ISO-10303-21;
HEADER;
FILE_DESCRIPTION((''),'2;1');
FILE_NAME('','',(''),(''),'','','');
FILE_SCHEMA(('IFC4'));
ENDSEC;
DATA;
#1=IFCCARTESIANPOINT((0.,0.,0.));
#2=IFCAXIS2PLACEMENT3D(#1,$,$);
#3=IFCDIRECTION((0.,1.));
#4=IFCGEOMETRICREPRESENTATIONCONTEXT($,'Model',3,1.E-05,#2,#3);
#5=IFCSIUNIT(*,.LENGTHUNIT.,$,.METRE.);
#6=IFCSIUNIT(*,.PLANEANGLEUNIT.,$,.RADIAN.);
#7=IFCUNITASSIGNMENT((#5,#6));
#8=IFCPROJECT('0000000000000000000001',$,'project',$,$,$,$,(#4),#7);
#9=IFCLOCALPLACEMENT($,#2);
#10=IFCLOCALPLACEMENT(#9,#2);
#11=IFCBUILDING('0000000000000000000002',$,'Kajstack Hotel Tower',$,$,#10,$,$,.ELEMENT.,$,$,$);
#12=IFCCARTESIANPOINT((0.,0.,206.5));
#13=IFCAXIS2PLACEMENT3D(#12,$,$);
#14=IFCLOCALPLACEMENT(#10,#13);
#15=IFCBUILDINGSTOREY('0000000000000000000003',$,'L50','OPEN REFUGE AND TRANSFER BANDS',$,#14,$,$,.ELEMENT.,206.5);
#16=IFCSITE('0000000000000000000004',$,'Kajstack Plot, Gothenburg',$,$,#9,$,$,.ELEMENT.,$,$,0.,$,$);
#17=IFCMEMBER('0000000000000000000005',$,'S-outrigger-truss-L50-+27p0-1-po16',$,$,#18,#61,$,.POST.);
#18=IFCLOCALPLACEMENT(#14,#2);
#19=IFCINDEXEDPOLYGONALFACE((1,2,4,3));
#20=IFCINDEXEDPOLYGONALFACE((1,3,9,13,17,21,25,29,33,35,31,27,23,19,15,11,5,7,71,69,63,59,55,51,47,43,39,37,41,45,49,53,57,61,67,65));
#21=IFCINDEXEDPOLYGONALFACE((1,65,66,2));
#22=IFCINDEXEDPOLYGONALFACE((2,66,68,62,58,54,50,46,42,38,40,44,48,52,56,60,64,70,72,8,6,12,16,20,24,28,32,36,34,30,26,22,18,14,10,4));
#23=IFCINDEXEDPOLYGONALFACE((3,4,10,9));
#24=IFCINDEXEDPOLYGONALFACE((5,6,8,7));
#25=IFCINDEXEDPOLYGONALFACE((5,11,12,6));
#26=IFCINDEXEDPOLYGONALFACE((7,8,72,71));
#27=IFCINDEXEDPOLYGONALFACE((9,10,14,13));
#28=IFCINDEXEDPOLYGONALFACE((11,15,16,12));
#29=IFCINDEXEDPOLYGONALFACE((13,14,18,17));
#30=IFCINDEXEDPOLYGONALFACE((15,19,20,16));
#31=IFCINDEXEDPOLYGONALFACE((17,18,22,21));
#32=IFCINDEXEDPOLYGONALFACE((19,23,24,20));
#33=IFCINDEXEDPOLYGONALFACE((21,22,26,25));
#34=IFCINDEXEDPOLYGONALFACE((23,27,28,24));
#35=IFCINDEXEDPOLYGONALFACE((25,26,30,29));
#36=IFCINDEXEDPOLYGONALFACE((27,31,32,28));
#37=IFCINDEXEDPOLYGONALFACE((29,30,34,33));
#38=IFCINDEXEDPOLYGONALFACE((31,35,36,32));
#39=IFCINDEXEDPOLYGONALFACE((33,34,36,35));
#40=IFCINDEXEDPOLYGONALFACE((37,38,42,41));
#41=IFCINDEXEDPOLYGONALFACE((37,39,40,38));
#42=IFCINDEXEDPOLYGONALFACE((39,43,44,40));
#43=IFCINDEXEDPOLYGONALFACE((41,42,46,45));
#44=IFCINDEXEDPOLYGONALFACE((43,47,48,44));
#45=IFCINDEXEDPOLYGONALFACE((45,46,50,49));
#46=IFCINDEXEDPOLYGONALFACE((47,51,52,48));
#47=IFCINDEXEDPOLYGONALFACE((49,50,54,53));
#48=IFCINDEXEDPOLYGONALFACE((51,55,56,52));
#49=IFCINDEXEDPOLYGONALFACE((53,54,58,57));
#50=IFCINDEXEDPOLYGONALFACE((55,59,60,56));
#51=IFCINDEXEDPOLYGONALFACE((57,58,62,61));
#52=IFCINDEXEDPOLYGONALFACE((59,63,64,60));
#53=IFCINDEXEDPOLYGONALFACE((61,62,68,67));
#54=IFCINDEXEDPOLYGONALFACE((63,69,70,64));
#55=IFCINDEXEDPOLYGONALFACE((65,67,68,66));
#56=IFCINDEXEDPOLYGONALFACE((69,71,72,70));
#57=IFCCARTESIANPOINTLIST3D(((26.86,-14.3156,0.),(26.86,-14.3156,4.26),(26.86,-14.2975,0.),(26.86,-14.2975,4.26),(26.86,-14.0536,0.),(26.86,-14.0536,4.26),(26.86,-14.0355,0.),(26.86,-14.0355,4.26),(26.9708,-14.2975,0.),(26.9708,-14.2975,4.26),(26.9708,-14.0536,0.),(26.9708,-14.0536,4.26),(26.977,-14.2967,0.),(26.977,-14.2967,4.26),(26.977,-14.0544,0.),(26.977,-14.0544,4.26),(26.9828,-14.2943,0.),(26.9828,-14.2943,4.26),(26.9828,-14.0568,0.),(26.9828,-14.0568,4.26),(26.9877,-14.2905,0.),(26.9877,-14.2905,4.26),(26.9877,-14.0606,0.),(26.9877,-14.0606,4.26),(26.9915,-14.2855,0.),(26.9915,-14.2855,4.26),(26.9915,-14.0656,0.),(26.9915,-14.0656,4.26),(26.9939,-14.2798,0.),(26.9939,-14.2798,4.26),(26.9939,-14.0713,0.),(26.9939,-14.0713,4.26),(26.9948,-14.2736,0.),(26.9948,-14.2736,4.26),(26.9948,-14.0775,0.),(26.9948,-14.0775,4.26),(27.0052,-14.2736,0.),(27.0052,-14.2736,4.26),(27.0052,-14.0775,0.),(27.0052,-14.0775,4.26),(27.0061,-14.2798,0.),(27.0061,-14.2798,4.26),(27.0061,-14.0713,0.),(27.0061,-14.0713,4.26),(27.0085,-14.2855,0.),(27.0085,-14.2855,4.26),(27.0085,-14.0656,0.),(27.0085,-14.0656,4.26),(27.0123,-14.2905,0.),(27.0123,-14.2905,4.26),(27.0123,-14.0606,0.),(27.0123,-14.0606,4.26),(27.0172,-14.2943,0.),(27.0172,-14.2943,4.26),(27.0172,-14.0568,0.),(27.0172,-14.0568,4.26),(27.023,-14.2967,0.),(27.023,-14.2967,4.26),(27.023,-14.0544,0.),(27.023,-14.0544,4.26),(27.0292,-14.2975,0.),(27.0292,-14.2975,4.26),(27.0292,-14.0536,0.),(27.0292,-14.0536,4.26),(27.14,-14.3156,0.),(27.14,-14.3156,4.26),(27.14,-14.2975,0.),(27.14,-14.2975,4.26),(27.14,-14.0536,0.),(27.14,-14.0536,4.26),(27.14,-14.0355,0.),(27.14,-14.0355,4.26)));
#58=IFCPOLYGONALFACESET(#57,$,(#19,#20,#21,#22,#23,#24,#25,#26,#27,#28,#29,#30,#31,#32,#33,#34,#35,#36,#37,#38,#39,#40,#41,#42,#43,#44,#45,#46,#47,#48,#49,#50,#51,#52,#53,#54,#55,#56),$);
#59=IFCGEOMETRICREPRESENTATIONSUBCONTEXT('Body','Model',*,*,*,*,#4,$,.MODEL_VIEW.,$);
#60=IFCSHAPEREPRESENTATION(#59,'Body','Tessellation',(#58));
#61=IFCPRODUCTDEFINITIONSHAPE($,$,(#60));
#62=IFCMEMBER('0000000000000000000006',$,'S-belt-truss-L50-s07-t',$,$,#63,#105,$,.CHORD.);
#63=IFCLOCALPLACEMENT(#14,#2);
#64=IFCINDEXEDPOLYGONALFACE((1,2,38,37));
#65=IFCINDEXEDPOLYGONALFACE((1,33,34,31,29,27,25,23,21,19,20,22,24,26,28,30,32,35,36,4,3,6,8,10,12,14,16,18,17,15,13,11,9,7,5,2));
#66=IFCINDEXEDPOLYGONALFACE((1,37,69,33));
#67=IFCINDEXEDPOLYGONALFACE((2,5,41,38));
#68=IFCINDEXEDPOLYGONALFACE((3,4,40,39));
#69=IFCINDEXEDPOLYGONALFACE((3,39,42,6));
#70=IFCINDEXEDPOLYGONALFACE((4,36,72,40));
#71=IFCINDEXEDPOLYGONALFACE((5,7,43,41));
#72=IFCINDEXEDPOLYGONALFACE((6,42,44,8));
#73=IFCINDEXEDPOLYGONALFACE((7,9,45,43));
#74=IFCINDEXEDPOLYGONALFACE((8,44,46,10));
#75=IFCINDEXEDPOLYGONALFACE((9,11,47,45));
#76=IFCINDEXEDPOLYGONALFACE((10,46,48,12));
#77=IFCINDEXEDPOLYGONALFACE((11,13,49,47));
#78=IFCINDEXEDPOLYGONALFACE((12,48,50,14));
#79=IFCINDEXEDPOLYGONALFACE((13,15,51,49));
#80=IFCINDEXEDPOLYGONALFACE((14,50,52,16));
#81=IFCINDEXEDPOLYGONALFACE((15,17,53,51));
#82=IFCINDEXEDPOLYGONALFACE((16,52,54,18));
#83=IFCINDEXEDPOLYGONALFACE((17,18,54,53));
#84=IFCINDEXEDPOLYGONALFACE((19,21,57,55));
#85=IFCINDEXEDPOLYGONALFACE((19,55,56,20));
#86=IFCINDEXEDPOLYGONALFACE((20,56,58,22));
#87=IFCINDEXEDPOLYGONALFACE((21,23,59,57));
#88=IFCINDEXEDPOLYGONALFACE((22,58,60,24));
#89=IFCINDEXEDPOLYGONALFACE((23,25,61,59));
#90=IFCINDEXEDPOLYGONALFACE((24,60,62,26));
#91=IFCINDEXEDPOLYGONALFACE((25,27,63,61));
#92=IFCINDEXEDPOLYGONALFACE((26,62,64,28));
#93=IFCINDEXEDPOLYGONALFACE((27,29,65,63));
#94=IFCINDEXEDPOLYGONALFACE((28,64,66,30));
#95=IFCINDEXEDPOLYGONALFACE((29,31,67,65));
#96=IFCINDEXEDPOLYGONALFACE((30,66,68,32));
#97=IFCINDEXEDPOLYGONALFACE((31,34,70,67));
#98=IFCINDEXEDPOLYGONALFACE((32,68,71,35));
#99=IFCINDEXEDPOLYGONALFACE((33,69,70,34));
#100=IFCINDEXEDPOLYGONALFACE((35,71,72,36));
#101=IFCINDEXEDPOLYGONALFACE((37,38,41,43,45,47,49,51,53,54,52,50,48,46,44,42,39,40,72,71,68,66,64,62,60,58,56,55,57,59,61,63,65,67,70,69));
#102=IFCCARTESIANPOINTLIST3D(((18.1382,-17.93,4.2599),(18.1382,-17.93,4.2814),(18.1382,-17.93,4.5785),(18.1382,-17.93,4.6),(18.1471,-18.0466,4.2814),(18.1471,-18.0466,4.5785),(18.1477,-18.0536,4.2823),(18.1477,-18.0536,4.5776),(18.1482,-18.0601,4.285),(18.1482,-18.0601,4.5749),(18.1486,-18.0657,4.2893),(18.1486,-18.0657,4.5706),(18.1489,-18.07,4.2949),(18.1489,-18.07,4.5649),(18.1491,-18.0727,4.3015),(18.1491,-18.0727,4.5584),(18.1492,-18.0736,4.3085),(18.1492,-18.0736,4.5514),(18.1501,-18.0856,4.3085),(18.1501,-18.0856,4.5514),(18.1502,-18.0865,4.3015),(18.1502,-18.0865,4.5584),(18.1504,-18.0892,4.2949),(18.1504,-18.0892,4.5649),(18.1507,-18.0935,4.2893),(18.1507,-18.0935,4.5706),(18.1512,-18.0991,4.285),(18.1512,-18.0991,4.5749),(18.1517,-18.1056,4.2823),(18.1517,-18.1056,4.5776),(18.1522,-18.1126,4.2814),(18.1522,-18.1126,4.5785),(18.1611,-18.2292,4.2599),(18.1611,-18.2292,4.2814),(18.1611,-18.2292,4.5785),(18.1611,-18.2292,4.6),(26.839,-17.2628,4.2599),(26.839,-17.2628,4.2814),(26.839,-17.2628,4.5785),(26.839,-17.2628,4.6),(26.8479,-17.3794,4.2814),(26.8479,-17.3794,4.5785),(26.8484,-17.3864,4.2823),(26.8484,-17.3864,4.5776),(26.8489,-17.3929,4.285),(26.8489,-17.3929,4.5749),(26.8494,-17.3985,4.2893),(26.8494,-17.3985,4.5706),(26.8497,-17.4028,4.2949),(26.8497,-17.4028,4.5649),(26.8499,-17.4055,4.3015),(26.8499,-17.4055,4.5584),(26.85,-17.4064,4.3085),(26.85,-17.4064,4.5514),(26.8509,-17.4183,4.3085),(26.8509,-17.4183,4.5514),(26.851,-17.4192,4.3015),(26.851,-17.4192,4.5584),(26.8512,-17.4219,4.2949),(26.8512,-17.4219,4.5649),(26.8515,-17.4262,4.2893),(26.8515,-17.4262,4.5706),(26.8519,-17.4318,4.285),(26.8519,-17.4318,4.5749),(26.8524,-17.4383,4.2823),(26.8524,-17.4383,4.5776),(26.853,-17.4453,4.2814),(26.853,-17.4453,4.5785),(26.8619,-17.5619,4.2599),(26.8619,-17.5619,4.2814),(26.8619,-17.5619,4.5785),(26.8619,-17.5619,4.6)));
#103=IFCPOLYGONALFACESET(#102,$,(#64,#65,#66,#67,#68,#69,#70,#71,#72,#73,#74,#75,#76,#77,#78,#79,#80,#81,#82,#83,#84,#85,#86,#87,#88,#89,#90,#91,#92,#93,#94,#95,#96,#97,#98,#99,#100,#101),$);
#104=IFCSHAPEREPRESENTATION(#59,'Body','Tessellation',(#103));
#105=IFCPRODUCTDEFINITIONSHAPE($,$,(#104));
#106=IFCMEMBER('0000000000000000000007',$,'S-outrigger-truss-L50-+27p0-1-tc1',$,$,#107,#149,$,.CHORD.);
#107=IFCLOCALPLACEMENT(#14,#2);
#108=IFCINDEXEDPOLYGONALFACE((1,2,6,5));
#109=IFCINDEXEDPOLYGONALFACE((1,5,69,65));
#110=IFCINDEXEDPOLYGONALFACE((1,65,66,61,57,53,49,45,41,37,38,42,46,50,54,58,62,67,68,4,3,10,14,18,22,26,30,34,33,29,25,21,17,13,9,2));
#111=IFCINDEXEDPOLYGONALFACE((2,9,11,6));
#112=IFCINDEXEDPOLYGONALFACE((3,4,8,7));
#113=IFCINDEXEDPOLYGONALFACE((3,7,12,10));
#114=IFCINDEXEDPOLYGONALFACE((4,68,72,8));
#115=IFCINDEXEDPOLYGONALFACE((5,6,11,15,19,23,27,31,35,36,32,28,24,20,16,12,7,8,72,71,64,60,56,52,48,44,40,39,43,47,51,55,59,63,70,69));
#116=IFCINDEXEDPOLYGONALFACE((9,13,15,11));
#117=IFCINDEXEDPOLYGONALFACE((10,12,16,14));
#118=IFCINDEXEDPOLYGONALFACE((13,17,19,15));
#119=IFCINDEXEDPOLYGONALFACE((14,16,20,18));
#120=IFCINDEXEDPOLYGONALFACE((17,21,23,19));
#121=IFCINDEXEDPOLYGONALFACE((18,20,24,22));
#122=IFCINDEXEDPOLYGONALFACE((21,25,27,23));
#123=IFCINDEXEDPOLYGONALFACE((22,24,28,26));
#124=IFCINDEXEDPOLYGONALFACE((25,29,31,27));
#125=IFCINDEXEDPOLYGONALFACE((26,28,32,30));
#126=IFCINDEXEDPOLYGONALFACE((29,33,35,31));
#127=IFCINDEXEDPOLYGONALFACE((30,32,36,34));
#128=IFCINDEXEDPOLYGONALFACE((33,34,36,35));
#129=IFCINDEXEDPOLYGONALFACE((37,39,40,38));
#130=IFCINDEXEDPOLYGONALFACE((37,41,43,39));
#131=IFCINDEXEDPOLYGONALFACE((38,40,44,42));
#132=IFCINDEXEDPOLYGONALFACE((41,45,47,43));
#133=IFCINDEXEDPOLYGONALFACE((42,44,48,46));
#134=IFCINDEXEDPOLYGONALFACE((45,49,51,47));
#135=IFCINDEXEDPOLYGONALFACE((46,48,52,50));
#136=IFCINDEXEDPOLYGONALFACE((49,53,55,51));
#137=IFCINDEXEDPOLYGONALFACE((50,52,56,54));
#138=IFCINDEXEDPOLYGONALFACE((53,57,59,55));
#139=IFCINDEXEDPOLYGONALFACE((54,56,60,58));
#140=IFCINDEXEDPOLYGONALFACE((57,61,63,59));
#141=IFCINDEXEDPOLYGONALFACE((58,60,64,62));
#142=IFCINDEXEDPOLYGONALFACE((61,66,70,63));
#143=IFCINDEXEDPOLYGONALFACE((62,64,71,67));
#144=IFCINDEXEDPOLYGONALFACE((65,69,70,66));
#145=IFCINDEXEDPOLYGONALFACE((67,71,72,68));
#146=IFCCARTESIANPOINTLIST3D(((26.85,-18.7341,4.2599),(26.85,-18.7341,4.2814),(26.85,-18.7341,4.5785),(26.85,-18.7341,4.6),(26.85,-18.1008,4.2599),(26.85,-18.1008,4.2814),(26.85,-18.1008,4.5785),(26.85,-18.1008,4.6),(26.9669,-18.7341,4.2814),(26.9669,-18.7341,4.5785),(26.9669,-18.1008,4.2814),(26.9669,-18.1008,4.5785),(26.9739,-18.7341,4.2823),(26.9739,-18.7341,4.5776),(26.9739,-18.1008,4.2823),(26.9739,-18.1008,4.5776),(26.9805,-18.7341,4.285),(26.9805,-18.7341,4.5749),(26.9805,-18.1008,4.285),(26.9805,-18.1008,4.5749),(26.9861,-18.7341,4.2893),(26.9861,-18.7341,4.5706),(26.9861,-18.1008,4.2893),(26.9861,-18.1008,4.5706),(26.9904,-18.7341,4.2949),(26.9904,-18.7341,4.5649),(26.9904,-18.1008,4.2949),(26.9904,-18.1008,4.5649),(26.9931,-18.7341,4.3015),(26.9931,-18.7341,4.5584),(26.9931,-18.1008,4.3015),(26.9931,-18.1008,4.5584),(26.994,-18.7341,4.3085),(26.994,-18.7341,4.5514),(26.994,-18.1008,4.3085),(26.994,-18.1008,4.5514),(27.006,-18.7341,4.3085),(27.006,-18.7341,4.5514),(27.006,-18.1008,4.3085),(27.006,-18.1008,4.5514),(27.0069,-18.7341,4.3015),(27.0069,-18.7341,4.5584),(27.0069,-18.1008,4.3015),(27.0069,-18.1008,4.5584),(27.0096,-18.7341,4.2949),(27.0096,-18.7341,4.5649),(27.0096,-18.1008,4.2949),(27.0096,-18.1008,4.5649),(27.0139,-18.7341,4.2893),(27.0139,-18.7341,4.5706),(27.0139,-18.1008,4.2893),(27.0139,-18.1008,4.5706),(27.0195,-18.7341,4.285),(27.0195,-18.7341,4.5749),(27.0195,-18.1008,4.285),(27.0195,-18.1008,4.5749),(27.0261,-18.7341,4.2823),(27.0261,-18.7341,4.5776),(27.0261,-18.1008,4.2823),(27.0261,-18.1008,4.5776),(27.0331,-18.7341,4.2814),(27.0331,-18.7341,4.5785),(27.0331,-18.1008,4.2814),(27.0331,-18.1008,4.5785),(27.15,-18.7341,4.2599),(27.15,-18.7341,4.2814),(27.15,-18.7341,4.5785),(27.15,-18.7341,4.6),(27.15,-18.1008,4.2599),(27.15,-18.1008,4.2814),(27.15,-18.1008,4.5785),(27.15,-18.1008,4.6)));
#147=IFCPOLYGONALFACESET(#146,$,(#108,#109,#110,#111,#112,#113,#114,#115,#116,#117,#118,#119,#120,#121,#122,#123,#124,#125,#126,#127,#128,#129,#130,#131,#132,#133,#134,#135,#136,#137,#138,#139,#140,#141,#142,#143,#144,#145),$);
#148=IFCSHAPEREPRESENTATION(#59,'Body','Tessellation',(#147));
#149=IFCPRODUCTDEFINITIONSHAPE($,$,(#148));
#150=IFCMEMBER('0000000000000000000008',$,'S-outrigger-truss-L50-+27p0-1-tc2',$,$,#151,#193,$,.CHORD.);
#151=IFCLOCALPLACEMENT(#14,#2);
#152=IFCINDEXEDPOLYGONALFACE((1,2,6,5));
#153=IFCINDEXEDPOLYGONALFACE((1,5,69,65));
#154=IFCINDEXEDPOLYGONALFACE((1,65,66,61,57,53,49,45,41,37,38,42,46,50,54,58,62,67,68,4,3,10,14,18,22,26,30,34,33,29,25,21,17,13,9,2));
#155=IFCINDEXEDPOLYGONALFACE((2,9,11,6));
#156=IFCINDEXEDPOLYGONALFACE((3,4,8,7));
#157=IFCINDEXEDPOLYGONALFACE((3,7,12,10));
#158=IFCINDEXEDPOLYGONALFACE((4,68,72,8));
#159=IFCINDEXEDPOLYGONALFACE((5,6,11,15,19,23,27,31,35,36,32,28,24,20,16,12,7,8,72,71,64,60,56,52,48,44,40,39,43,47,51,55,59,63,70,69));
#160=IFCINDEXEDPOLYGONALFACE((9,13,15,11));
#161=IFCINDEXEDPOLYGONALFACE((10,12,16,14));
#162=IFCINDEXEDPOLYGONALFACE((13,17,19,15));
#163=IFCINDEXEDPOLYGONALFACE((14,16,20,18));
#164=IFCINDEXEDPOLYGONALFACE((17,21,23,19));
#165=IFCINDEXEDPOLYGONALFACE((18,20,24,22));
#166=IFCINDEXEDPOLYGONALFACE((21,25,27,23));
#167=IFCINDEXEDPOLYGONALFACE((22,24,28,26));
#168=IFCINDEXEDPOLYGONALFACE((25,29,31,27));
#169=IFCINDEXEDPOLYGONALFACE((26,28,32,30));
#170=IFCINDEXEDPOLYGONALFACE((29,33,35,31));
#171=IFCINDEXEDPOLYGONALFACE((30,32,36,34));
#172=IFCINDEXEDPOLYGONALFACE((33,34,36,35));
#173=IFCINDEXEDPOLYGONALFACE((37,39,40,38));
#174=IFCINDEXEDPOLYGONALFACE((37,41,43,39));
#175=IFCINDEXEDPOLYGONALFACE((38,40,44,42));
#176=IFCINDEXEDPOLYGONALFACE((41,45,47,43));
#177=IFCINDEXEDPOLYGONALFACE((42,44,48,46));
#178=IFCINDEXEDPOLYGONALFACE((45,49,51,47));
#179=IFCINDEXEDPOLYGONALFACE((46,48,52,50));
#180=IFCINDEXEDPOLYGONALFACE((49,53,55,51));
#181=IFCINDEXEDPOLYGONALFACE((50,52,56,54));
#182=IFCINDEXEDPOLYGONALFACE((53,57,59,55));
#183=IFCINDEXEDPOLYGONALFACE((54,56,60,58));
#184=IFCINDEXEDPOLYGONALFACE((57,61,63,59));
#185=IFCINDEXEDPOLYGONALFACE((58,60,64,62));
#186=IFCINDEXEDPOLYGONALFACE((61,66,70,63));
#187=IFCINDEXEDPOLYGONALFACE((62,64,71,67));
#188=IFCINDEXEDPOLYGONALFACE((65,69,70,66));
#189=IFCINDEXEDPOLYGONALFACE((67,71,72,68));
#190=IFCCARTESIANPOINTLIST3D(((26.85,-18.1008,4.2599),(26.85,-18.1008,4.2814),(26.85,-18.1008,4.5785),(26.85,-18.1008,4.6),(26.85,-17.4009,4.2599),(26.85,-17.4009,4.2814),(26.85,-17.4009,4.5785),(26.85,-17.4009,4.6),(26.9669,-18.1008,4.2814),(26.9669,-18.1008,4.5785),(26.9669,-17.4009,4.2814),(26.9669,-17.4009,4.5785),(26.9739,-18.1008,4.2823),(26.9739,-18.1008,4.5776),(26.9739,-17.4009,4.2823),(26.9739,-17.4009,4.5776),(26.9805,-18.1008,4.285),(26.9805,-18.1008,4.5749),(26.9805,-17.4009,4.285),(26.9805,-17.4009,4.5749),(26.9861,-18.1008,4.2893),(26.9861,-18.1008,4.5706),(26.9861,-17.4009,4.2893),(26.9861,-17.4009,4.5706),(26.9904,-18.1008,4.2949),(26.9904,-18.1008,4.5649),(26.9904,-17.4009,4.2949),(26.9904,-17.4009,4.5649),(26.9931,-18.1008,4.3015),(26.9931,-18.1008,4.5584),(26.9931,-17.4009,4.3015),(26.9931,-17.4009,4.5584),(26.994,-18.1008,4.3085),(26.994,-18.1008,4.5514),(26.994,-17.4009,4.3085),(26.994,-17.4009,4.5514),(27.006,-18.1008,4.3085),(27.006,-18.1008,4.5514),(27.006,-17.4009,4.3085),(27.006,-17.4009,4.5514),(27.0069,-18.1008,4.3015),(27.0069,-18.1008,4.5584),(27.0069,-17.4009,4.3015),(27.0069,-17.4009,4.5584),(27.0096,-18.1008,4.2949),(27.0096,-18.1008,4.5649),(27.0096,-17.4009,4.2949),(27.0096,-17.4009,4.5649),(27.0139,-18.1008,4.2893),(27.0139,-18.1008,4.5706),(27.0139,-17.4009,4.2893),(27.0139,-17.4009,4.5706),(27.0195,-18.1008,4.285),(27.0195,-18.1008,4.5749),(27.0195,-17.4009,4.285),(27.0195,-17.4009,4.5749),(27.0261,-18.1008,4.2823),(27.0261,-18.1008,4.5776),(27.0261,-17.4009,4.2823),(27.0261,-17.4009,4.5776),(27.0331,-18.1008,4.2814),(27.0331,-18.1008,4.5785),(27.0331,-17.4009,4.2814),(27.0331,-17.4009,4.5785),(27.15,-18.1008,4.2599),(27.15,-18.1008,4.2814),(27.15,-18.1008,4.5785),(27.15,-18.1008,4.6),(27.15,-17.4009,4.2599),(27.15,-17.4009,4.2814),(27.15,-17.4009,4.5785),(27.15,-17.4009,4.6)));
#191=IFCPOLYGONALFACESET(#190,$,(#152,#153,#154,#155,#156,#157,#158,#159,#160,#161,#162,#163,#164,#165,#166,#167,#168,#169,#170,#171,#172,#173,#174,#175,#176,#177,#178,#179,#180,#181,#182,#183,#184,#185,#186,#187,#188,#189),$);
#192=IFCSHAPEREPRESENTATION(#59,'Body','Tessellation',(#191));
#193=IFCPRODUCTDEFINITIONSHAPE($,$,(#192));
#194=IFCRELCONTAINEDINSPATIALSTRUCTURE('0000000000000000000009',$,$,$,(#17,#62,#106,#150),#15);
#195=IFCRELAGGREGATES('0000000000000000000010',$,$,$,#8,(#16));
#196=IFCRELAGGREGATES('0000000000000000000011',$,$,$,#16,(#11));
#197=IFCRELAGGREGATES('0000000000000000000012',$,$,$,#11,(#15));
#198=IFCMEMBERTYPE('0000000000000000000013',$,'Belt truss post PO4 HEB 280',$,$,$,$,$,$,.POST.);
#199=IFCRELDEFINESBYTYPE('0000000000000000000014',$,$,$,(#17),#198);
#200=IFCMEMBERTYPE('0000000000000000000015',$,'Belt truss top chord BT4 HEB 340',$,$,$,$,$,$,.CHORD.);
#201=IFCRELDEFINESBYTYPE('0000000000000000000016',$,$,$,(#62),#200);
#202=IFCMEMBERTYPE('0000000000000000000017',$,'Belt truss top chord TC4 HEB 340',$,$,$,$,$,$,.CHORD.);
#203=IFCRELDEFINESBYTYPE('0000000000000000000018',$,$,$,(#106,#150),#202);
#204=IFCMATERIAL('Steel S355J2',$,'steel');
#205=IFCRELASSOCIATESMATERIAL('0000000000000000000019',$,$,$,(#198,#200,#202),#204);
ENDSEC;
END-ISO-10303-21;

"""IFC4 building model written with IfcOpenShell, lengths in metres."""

from ifc_helpers import new_model, si_unit, direction, frame, origin, origin_2d, place, context, subcontext, project, spatial, i_section, extrude, material, material_profile, profile_set, type_object, element, save


model = new_model("IFC4")

# Units and contexts
model_context = context("Model", 3, precision=1e-05, world=origin(), true_north=direction((0.0, 1.0)))
body_context = subcontext(model_context, "Body", "Model", "MODEL_VIEW")
ifc_project = project(units=[si_unit("LENGTHUNIT", "METRE"), si_unit("PLANEANGLEUNIT", "RADIAN")], contexts=[model_context])

# Site, building, storey
site_placement = place(None, origin())
site = spatial("IfcSite", under=ifc_project, at=site_placement, Name="Kajstack Plot, Gothenburg", CompositionType="ELEMENT", RefElevation=0.0)
building_placement = place(site_placement, origin())
building = spatial("IfcBuilding", under=site, at=building_placement, Name="Kajstack Hotel Tower", CompositionType="ELEMENT")
storey_placement = place(building_placement, frame((0.0, 0.0, 206.5)))
storey = spatial("IfcBuildingStorey", under=building, at=storey_placement, Name="L50", Description="OPEN REFUGE AND TRANSFER BANDS", CompositionType="ELEMENT", Elevation=206.5)

# Members
ifc_material_1 = material(Name="Steel S355J2", Category="steel")
ifc_material_profile_1 = material_profile(ifc_material_1, i_section(OverallWidth=0.28, OverallDepth=0.28, WebThickness=0.0105, FlangeThickness=0.0181, FilletRadius=0.0239, at=origin_2d()), Name="HEB 280")
ifc_profile_set_1 = profile_set([ifc_material_profile_1], Name="Steel S355J2")
member_type_1 = type_object("IfcMemberType", Name="Belt truss post PO4 HEB 280", PredefinedType="POST", material=ifc_profile_set_1)
for number, where, z_axis, x_axis, name in (
    (1, (27.0, -14.1755, 0.0), (0.0, 0.0, 1.0), (1.0, 0.0, 0.0), "S-outrigger-truss-L50-+27p0-1-po16"),
):
    element("IfcMember", number, at=place(storey_placement, frame(where, z_axis=z_axis, x_axis=x_axis)), inside=storey, type_object=member_type_1, Name=name, PredefinedType="POST", context=body_context, shape_type="SweptSolid", body=[
        extrude(i_section(OverallWidth=0.28, OverallDepth=0.28, WebThickness=0.0105, FlangeThickness=0.0181, FilletRadius=0.0239, at=origin_2d()), origin(), (0.0, 0.0, 1.0), 4.26),
    ])
ifc_material_profile_2 = material_profile(ifc_material_1, i_section(OverallWidth=0.3, OverallDepth=0.3401, WebThickness=0.012, FlangeThickness=0.0215, FilletRadius=0.0271, at=origin_2d()), Name="HEB 340")
ifc_profile_set_2 = profile_set([ifc_material_profile_2], Name="Steel S355J2")
member_type_2 = type_object("IfcMemberType", Name="Belt truss top chord BT4 HEB 340", PredefinedType="CHORD", material=ifc_profile_set_2)
member_1_placement = place(storey_placement, frame((18.1497, -18.0796, 4.4299), z_axis=(0.997072, 0.076463, 0.0), x_axis=(-0.076463, 0.997072, 0.0)))
element("IfcMember", 2, at=member_1_placement, inside=storey, type_object=member_type_2, Name="S-belt-truss-L50-s07-t", PredefinedType="CHORD", context=body_context, shape_type="SweptSolid", body=[
    extrude(i_section(OverallWidth=0.3, OverallDepth=0.3401, WebThickness=0.012, FlangeThickness=0.0215, FilletRadius=0.0271, at=origin_2d()), origin(), (0.0, 0.0, 1.0), 8.7263),
])
ifc_material_profile_3 = material_profile(ifc_material_1, i_section(OverallWidth=0.3, OverallDepth=0.3401, WebThickness=0.012, FlangeThickness=0.0215, FilletRadius=0.0271, at=origin_2d()), Name="HEB 340")
ifc_profile_set_3 = profile_set([ifc_material_profile_3], Name="Steel S355J2")
member_type_3 = type_object("IfcMemberType", Name="Belt truss top chord TC4 HEB 340", PredefinedType="CHORD", material=ifc_profile_set_3)
member_2_placement = place(storey_placement, frame((27.0, -18.7341, 4.4299), z_axis=(0.0, 1.0, 0.0), x_axis=(-1.0, 0.0, 0.0)))
element("IfcMember", 3, at=member_2_placement, inside=storey, type_object=member_type_3, Name="S-outrigger-truss-L50-+27p0-1-tc1", PredefinedType="CHORD", context=body_context, shape_type="SweptSolid", body=[
    extrude(i_section(OverallWidth=0.3, OverallDepth=0.3401, WebThickness=0.012, FlangeThickness=0.0215, FilletRadius=0.0271, at=origin_2d()), origin(), (0.0, 0.0, 1.0), 0.6333),
])
member_3_placement = place(storey_placement, frame((27.0, -18.1008, 4.4299), z_axis=(0.0, 1.0, 0.0), x_axis=(-1.0, 0.0, 0.0)))
element("IfcMember", 4, at=member_3_placement, inside=storey, type_object=member_type_3, Name="S-outrigger-truss-L50-+27p0-1-tc2", PredefinedType="CHORD", context=body_context, shape_type="SweptSolid", body=[
    extrude(i_section(OverallWidth=0.3, OverallDepth=0.3401, WebThickness=0.012, FlangeThickness=0.0215, FilletRadius=0.0271, at=origin_2d()), origin(), (0.0, 0.0, 1.0), 0.7),
])

save(model, "model.ifc")
